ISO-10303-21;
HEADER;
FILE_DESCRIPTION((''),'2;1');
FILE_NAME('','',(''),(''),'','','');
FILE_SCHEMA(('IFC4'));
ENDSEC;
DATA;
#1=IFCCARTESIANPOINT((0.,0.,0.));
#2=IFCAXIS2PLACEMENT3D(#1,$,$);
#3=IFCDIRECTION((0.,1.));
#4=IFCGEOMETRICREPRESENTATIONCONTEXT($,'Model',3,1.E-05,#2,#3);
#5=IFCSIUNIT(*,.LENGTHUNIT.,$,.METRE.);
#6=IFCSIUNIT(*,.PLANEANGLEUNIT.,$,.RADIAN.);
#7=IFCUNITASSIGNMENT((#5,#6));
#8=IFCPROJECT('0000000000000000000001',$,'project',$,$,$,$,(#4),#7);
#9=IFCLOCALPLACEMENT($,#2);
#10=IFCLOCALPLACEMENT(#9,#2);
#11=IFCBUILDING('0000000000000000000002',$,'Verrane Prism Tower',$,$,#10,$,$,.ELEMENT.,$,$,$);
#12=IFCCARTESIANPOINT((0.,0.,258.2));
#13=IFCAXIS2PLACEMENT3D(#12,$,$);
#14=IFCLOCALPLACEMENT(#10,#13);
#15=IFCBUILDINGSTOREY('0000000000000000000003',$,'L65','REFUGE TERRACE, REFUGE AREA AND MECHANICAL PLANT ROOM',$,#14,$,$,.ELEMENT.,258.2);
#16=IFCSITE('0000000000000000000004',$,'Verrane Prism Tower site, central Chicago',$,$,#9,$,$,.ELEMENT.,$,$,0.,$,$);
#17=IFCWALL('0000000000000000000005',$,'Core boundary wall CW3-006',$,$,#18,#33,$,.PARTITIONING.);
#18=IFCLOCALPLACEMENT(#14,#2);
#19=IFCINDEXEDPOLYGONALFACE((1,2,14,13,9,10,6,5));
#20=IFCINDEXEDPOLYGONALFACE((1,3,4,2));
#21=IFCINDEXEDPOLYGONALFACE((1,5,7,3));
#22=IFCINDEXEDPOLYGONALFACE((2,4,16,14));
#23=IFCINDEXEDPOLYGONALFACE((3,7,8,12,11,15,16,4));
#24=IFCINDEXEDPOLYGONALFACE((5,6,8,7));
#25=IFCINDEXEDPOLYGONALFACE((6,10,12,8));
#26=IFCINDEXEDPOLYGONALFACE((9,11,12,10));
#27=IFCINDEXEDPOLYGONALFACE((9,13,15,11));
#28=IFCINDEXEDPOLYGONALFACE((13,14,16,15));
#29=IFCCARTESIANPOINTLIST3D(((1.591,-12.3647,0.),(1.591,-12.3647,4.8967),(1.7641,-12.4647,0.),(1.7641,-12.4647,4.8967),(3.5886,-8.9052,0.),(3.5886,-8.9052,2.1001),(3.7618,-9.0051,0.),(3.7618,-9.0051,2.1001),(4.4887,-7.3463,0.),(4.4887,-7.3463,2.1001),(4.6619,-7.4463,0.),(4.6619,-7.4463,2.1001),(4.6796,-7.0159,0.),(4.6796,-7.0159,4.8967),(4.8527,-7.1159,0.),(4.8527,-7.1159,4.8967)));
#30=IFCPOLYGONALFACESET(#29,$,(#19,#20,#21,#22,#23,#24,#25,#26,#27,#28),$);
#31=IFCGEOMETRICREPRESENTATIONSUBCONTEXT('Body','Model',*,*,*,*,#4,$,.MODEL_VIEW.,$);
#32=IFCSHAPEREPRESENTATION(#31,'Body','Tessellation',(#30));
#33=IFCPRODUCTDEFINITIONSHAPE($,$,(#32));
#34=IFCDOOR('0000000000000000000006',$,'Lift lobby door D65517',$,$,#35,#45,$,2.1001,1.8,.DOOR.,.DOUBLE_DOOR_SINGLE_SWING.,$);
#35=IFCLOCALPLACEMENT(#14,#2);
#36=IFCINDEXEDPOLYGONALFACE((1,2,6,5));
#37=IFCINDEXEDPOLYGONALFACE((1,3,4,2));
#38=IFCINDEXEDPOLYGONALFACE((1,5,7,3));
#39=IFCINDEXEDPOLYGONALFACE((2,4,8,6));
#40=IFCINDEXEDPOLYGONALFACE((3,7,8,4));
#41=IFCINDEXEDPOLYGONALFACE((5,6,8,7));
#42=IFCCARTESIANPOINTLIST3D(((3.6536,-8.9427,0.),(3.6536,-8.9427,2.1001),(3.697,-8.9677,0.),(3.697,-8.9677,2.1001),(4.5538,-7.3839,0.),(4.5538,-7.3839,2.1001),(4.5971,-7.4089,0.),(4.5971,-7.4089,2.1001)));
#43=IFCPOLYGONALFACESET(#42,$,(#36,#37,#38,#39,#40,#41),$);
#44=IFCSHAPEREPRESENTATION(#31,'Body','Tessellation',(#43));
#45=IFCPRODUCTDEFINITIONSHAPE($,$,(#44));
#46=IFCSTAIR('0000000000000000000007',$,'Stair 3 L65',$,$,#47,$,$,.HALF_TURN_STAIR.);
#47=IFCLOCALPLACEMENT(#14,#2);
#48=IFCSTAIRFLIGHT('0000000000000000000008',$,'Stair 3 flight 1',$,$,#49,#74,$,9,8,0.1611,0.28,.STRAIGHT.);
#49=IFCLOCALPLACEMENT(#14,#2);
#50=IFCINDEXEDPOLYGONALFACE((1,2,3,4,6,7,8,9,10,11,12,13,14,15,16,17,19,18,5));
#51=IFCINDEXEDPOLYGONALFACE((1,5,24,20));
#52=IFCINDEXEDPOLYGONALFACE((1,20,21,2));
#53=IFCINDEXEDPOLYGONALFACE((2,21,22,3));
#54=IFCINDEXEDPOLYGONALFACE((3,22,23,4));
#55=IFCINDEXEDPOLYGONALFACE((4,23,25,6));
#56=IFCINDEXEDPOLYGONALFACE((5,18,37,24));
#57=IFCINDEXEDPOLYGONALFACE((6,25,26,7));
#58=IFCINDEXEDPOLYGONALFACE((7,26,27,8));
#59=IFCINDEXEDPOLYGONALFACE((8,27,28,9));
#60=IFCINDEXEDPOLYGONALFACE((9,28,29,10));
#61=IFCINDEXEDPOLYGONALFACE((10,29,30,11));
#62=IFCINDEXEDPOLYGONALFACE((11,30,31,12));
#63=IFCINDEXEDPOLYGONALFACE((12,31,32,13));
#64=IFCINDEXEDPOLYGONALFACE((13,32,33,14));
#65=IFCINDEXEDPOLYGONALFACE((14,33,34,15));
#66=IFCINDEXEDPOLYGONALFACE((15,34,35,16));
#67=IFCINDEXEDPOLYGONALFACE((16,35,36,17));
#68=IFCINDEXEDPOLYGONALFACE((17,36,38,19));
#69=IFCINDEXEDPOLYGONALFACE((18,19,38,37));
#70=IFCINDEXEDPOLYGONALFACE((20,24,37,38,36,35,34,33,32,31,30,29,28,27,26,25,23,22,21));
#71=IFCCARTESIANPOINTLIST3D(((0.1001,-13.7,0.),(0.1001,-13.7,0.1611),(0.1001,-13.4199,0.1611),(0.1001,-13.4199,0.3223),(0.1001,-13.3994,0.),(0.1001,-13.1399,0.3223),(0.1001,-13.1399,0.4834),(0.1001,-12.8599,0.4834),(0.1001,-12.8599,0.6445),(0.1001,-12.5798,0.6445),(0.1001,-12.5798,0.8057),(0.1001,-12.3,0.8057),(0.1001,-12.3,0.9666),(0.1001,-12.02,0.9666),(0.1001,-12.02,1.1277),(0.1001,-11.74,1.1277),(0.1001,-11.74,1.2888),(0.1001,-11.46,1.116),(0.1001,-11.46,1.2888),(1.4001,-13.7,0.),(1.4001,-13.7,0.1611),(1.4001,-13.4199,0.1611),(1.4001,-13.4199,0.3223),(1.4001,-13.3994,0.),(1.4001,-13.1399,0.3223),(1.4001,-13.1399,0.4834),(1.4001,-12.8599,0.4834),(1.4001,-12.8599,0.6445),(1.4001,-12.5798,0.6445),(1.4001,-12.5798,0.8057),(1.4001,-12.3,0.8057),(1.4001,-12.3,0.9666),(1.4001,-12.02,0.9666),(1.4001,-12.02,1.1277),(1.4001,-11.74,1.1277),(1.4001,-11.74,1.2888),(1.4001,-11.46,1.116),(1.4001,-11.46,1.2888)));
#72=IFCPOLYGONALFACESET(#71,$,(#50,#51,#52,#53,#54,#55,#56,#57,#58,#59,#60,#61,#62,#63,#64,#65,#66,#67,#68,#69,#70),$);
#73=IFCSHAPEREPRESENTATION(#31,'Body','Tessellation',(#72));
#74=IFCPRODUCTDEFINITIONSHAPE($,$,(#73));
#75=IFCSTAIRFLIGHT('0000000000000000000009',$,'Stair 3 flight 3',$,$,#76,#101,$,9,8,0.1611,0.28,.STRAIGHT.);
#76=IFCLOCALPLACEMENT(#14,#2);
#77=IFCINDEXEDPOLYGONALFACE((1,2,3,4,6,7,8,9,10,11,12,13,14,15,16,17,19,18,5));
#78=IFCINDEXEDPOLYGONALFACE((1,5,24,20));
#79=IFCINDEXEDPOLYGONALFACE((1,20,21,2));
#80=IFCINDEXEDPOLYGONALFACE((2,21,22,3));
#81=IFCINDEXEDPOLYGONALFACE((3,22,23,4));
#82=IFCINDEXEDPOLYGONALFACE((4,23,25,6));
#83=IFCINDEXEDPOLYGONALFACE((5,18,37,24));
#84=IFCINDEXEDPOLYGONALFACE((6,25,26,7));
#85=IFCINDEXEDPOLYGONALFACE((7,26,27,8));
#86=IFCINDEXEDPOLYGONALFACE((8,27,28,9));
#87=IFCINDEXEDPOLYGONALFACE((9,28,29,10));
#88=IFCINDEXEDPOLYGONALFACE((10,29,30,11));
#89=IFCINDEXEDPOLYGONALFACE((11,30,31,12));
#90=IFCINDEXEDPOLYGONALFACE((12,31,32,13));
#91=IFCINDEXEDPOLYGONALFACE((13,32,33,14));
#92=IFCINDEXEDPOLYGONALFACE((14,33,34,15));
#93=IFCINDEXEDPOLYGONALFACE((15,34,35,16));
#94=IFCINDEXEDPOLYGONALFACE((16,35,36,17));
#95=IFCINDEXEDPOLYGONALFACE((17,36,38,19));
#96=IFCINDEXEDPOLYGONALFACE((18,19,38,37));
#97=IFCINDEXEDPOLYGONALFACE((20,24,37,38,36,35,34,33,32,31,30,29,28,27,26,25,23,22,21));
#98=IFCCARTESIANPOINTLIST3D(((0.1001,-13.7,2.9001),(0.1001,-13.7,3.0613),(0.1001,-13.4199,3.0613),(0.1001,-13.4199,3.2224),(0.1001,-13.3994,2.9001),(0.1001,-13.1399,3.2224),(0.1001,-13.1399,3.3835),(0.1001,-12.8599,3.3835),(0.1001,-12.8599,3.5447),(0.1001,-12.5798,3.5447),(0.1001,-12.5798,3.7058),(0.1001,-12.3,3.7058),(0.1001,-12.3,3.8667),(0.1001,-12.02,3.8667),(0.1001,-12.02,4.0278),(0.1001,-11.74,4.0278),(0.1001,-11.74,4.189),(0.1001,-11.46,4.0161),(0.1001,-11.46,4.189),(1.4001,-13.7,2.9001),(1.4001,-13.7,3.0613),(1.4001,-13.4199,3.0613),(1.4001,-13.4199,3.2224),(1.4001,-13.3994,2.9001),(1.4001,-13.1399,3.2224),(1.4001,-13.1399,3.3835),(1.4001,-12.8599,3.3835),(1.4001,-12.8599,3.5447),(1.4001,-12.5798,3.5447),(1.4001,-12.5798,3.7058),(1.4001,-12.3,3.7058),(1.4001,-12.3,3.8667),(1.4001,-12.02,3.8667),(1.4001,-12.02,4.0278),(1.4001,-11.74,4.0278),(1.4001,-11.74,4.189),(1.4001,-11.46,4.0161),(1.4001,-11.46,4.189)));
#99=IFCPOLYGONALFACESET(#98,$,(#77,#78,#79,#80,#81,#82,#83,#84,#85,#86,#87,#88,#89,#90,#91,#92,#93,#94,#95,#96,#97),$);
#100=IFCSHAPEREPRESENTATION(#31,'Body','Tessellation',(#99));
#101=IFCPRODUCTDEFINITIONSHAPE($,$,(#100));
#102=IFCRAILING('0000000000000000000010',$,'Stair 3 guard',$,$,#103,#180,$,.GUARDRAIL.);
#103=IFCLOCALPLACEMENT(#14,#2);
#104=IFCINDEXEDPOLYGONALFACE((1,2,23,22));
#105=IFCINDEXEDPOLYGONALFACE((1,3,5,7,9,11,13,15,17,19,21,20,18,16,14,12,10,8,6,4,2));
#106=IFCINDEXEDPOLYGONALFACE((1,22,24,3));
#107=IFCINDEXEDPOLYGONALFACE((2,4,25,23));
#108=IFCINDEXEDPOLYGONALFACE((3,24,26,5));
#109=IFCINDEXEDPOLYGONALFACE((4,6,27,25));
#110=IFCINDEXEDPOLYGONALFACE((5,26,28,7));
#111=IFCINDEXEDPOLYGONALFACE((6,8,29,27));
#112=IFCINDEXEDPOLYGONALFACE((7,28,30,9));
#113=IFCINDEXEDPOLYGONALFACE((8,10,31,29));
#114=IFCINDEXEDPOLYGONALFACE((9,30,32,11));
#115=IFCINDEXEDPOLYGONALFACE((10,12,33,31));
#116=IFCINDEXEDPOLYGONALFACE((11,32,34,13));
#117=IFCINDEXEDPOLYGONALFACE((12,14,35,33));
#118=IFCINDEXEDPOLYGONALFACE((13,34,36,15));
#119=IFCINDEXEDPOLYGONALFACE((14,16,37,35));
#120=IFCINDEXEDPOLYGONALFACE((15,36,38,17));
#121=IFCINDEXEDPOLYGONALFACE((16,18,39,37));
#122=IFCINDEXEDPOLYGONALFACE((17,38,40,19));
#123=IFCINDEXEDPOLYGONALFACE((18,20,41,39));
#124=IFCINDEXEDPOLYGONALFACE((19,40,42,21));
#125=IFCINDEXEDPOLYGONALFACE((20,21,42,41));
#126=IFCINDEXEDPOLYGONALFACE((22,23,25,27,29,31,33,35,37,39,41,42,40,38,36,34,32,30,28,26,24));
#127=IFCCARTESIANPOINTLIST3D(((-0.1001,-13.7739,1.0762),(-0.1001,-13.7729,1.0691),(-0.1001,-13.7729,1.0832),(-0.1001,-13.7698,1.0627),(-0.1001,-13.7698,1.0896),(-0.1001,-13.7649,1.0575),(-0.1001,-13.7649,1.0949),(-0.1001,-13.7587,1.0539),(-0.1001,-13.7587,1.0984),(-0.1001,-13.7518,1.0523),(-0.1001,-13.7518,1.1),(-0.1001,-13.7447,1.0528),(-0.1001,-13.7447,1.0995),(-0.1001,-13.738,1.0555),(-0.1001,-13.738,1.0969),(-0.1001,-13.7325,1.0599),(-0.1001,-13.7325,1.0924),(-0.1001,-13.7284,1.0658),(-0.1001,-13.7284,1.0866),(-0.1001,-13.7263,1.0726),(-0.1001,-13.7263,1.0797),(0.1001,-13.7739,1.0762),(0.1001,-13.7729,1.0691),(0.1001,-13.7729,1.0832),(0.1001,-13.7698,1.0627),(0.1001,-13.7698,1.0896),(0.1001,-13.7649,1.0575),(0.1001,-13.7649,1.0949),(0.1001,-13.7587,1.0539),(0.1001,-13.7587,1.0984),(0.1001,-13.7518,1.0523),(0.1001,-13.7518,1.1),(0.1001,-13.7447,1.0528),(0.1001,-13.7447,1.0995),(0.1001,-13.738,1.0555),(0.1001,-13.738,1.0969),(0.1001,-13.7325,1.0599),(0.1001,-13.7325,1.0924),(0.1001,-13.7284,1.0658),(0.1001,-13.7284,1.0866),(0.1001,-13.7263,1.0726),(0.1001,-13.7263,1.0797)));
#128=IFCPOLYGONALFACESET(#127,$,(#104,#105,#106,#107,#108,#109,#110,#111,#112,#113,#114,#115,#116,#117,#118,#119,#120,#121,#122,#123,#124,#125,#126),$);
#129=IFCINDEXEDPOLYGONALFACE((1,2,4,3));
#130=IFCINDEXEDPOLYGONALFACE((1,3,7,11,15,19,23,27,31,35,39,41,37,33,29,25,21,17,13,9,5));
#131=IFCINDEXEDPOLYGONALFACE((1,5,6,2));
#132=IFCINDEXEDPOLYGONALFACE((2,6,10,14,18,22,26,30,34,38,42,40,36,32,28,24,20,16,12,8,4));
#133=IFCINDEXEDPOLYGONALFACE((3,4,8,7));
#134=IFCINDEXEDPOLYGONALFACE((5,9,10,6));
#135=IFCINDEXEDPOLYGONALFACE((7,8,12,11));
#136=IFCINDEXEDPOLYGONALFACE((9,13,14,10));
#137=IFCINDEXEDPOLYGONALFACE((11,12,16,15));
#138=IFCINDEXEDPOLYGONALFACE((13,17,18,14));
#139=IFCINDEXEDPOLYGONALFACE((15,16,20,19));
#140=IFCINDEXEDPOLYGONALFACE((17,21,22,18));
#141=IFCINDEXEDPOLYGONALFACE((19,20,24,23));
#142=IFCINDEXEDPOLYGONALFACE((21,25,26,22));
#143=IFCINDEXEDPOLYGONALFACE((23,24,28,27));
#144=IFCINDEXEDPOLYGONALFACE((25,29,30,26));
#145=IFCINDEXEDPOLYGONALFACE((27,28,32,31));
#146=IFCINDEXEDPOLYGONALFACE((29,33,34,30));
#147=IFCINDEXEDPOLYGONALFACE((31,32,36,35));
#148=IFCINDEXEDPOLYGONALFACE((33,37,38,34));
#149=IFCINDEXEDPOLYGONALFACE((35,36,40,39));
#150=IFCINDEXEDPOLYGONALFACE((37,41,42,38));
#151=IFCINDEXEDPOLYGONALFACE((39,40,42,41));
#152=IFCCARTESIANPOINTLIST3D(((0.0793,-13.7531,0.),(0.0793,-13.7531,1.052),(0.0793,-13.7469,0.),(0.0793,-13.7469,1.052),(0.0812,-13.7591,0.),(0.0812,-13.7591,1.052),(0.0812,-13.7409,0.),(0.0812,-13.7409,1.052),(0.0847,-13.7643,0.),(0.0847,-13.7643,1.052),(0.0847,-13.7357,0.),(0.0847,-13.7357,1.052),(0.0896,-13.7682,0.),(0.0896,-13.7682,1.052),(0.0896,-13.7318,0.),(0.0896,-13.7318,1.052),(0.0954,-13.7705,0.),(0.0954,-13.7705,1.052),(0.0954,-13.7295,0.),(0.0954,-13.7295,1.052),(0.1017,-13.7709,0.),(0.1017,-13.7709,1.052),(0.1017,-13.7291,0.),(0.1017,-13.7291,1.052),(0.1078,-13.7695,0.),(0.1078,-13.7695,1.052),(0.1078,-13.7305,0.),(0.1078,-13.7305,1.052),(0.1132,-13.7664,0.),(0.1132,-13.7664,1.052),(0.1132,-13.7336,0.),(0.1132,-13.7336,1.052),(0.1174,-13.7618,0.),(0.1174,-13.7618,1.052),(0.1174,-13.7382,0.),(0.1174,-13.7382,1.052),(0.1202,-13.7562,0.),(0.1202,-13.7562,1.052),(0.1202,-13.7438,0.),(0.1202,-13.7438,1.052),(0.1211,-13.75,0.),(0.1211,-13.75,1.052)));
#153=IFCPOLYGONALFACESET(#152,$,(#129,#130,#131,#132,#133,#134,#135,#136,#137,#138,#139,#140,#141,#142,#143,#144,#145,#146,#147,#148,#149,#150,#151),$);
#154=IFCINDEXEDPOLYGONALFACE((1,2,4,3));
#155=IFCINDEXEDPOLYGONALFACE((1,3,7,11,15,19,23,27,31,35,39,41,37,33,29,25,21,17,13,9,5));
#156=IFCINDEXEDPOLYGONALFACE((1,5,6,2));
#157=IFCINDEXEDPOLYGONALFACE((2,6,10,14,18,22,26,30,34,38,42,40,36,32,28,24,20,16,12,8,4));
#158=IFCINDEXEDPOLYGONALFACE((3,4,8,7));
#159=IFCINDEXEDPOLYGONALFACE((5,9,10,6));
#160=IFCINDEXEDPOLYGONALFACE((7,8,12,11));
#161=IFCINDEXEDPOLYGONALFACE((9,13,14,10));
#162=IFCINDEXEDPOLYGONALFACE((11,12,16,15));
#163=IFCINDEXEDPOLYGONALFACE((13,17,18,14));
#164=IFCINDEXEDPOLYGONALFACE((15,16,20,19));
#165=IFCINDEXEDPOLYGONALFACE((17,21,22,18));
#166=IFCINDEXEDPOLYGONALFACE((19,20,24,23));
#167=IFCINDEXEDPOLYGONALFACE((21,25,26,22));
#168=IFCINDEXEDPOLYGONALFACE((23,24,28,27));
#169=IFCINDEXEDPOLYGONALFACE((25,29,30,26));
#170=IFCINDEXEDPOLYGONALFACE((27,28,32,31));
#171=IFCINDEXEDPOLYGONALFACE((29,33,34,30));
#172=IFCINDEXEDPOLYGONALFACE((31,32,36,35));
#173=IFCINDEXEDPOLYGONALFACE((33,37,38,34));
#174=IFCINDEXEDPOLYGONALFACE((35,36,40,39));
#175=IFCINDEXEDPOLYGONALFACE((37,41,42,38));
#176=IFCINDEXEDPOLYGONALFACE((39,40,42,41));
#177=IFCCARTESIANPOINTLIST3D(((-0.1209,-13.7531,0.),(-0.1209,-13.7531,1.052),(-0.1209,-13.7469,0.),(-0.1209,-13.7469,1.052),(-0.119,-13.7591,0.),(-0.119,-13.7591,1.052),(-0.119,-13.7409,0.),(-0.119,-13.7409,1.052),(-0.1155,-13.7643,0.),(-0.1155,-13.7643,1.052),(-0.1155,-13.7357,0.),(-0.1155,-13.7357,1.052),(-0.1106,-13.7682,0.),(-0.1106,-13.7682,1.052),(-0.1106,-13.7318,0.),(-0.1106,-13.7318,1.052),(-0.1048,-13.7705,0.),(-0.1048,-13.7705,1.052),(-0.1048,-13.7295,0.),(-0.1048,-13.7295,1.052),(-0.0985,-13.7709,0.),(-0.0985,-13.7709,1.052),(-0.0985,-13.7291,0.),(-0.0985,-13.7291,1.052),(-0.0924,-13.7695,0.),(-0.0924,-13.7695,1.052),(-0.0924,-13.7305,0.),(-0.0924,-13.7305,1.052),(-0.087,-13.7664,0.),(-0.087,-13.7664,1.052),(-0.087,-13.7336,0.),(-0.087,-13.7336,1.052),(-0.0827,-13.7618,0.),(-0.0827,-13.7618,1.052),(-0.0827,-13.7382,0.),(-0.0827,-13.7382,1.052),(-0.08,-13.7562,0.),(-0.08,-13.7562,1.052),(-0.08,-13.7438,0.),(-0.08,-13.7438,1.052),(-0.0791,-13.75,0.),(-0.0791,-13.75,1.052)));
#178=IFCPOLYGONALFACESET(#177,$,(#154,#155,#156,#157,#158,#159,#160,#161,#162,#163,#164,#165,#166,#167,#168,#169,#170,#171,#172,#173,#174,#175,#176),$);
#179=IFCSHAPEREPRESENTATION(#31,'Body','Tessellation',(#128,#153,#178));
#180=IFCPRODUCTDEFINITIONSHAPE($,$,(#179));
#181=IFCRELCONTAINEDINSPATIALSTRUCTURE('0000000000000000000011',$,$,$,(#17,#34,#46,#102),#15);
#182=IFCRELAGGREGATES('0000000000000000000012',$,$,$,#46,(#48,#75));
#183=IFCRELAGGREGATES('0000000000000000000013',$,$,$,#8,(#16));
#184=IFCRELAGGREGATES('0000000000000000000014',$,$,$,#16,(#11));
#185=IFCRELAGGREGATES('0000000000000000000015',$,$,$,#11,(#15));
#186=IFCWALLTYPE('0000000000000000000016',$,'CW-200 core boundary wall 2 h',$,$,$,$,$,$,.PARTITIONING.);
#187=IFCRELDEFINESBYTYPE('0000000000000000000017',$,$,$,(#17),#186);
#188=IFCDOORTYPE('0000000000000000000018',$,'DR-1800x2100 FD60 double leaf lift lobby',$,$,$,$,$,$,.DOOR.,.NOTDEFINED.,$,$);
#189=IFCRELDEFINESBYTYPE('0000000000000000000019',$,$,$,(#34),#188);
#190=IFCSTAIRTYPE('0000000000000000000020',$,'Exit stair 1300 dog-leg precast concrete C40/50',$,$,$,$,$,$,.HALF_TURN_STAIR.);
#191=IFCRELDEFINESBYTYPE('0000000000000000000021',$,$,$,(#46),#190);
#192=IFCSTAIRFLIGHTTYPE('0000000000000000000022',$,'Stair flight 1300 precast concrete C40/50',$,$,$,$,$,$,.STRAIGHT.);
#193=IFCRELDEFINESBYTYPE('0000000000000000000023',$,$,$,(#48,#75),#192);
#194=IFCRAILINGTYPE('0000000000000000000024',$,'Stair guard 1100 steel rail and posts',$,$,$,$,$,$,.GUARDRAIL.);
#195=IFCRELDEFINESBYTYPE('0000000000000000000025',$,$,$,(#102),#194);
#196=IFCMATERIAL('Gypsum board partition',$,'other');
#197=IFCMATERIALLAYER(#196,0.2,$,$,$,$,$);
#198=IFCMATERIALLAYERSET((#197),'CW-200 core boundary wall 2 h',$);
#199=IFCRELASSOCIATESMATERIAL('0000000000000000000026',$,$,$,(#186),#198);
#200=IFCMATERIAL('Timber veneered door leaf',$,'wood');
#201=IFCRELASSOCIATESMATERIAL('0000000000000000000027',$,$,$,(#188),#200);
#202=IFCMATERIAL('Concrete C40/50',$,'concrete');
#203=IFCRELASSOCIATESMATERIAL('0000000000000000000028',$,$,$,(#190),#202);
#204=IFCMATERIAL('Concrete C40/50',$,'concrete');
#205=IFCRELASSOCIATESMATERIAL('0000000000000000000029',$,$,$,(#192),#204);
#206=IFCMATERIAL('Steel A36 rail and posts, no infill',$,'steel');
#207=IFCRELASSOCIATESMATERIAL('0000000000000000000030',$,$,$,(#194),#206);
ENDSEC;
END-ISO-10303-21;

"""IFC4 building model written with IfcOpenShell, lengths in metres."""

from ifc_helpers import new_model, si_unit, direction, frame, frame_2d, origin, origin_2d, place, context, subcontext, project, spatial, polyline, rectangle, circle, outline, extrude, material, layer, layer_set, type_object, element, fill, aggregate, save


model = new_model("IFC4")

# Units and contexts
model_context = context("Model", 3, precision=1e-05, world=origin(), true_north=direction((0.0, 1.0)))
body_context = subcontext(model_context, "Body", "Model", "MODEL_VIEW")
ifc_project = project(units=[si_unit("LENGTHUNIT", "METRE"), si_unit("PLANEANGLEUNIT", "RADIAN")], contexts=[model_context])

# Site, building, storey
site_placement = place(None, origin())
site = spatial("IfcSite", under=ifc_project, at=site_placement, Name="Verrane Prism Tower site, central Chicago", CompositionType="ELEMENT", RefElevation=0.0)
building_placement = place(site_placement, origin())
building = spatial("IfcBuilding", under=site, at=building_placement, Name="Verrane Prism Tower", CompositionType="ELEMENT")
storey_placement = place(building_placement, frame((0.0, 0.0, 258.2)))
storey = spatial("IfcBuildingStorey", under=building, at=storey_placement, Name="L65", Description="REFUGE TERRACE, REFUGE AREA AND MECHANICAL PLANT ROOM", CompositionType="ELEMENT", Elevation=258.2)

# Wall, opening, door
ifc_material_1 = material(Name="Gypsum board partition", Category="other")
ifc_layer = layer(ifc_material_1, 0.2)
ifc_layer_set = layer_set([ifc_layer], Name="CW-200 core boundary wall 2 h")
wall_type = type_object("IfcWallType", Name="CW-200 core boundary wall 2 h", PredefinedType="PARTITIONING", material=ifc_layer_set)
wall_placement = place(storey_placement, frame((1.6775, -12.4148, 0.0), z_axis=(0.0, 0.0, 1.0), x_axis=(0.500054, 0.865994, 0.0)))
wall = element("IfcWall", 1, at=wall_placement, inside=storey, type_object=wall_type, Name="Core boundary wall CW3-006", PredefinedType="PARTITIONING", context=body_context, shape_type="SweptSolid", body=[
    extrude(rectangle(XDim=6.1765, YDim=0.2, at=frame_2d((3.0884, 0.0))), origin(), (0.0, 0.0, 1.0), 4.8967),
])
opening_placement = place(wall_placement, frame((3.9951, 0.0, 0.0)))
opening = element("IfcOpeningElement", 2, at=opening_placement, cuts=wall, PredefinedType="OPENING", context=body_context, shape_type="SweptSolid", body=[
    extrude(rectangle(XDim=1.8, YDim=2.1001, at=frame_2d((0.8999, 1.05))), frame((0.0, 0.1099, 0.0), z_axis=(0.0, -1.0, 0.0), x_axis=(1.0, 0.0, 0.0)), (0.0, 0.0, 1.0), 0.22),
])
ifc_material_2 = material(Name="Timber veneered door leaf", Category="wood")
door_type = type_object("IfcDoorType", Name="DR-1800x2100 FD60 double leaf lift lobby", OperationType="NOTDEFINED", PredefinedType="DOOR", material=ifc_material_2)
door_placement = place(opening_placement, origin())
door = element("IfcDoor", 3, at=door_placement, inside=storey, type_object=door_type, Name="Lift lobby door D65517", OperationType="DOUBLE_DOOR_SINGLE_SWING", OverallHeight=2.1001, OverallWidth=1.8, PredefinedType="DOOR", context=body_context, shape_type="SweptSolid", body=[
    extrude(rectangle(XDim=1.8, YDim=2.1001, at=frame_2d((0.8999, 1.05))), frame((0.0, 0.0249, 0.0), z_axis=(0.0, -1.0, 0.0), x_axis=(1.0, 0.0, 0.0)), (0.0, 0.0, 1.0), 0.05),
])
fill(opening, door)

# Stair, stair flights
ifc_material_3 = material(Name="Concrete C40/50", Category="concrete")
stair_type = type_object("IfcStairType", Name="Exit stair 1300 dog-leg precast concrete C40/50", PredefinedType="HALF_TURN_STAIR", material=ifc_material_3)
stair_placement = place(storey_placement, origin())
stair = element("IfcStair", 4, at=stair_placement, inside=storey, type_object=stair_type, Name="Stair 3 L65", PredefinedType="HALF_TURN_STAIR")
ifc_material_4 = material(Name="Concrete C40/50", Category="concrete")
stair_flight_type = type_object("IfcStairFlightType", Name="Stair flight 1300 precast concrete C40/50", PredefinedType="STRAIGHT", material=ifc_material_4)
stair_flight_1_placement = place(storey_placement, frame((0.75, -13.7, 0.0), z_axis=(0.0, 0.0, 1.0), x_axis=(0.0, 1.0, 0.0)))
stair_flight_1 = element("IfcStairFlight", 5, at=stair_flight_1_placement, type_object=stair_flight_type, Name="Stair 3 flight 1", NumberOfRisers=9, NumberOfTreads=8, PredefinedType="STRAIGHT", RiserHeight=0.1611, TreadLength=0.28, context=body_context, shape_type="SweptSolid", body=[
    extrude(outline(polyline([(0.0, 0.0), (0.0, 0.1611), (0.28, 0.1611), (0.28, 0.3223), (0.5601, 0.3223), (0.5601, 0.4834), (0.8401, 0.4834), (0.8401, 0.6445), (1.1201, 0.6445), (1.1201, 0.8057), (1.3999, 0.8057), (1.3999, 0.9666), (1.6799, 0.9666), (1.6799, 1.1277), (1.96, 1.1277), (1.96, 1.2888), (2.24, 1.2888), (2.24, 1.45), (2.24, 1.116), (0.3005, 0.0), (0.0, 0.0)])), frame((0.0, 0.6499, 0.0), z_axis=(0.0, -1.0, 0.0), x_axis=(1.0, 0.0, 0.0)), (0.0, 0.0, 1.0), 1.3),
])
stair_flight_2_placement = place(storey_placement, frame((0.75, -13.7, 2.9001), z_axis=(0.0, 0.0, 1.0), x_axis=(0.0, 1.0, 0.0)))
stair_flight_2 = element("IfcStairFlight", 6, at=stair_flight_2_placement, type_object=stair_flight_type, Name="Stair 3 flight 3", NumberOfRisers=9, NumberOfTreads=8, PredefinedType="STRAIGHT", RiserHeight=0.1611, TreadLength=0.28, context=body_context, shape_type="SweptSolid", body=[
    extrude(outline(polyline([(0.0, 0.0), (0.0, 0.1611), (0.28, 0.1611), (0.28, 0.3223), (0.5601, 0.3223), (0.5601, 0.4834), (0.8401, 0.4834), (0.8401, 0.6445), (1.1201, 0.6445), (1.1201, 0.8057), (1.3999, 0.8057), (1.3999, 0.9666), (1.6799, 0.9666), (1.6799, 1.1277), (1.96, 1.1277), (1.96, 1.2888), (2.24, 1.2888), (2.24, 1.45), (2.24, 1.116), (0.3005, 0.0), (0.0, 0.0)])), frame((0.0, 0.6499, 0.0), z_axis=(0.0, -1.0, 0.0), x_axis=(1.0, 0.0, 0.0)), (0.0, 0.0, 1.0), 1.3),
])
aggregate(stair, [stair_flight_1, stair_flight_2])

# Railing
ifc_material_5 = material(Name="Steel A36 rail and posts, no infill", Category="steel")
railing_type_1 = type_object("IfcRailingType", Name="Stair guard 1100 steel rail and posts", PredefinedType="GUARDRAIL", material=ifc_material_5)
railing_1_placement = place(storey_placement, frame((0.1001, -13.75, 0.0)))
element("IfcRailing", 7, at=railing_1_placement, inside=storey, type_object=railing_type_1, Name="Stair 3 guard", PredefinedType="GUARDRAIL", context=body_context, shape_type="SweptSolid", body=[
    extrude(circle(Radius=0.0239, at=origin_2d()), frame((0.0, 0.0, 1.0762), z_axis=(-1.0, 0.0, 0.0), x_axis=(0.0, -1.0, 0.0)), (0.0, 0.0, 1.0), 0.2002),
    extrude(circle(Radius=0.021, at=origin_2d()), origin(), (0.0, 0.0, 1.0), 1.052),
    extrude(circle(Radius=0.021, at=origin_2d()), frame((-0.2002, 0.0, 0.0)), (0.0, 0.0, 1.0), 1.052),
])

save(model, "model.ifc")
